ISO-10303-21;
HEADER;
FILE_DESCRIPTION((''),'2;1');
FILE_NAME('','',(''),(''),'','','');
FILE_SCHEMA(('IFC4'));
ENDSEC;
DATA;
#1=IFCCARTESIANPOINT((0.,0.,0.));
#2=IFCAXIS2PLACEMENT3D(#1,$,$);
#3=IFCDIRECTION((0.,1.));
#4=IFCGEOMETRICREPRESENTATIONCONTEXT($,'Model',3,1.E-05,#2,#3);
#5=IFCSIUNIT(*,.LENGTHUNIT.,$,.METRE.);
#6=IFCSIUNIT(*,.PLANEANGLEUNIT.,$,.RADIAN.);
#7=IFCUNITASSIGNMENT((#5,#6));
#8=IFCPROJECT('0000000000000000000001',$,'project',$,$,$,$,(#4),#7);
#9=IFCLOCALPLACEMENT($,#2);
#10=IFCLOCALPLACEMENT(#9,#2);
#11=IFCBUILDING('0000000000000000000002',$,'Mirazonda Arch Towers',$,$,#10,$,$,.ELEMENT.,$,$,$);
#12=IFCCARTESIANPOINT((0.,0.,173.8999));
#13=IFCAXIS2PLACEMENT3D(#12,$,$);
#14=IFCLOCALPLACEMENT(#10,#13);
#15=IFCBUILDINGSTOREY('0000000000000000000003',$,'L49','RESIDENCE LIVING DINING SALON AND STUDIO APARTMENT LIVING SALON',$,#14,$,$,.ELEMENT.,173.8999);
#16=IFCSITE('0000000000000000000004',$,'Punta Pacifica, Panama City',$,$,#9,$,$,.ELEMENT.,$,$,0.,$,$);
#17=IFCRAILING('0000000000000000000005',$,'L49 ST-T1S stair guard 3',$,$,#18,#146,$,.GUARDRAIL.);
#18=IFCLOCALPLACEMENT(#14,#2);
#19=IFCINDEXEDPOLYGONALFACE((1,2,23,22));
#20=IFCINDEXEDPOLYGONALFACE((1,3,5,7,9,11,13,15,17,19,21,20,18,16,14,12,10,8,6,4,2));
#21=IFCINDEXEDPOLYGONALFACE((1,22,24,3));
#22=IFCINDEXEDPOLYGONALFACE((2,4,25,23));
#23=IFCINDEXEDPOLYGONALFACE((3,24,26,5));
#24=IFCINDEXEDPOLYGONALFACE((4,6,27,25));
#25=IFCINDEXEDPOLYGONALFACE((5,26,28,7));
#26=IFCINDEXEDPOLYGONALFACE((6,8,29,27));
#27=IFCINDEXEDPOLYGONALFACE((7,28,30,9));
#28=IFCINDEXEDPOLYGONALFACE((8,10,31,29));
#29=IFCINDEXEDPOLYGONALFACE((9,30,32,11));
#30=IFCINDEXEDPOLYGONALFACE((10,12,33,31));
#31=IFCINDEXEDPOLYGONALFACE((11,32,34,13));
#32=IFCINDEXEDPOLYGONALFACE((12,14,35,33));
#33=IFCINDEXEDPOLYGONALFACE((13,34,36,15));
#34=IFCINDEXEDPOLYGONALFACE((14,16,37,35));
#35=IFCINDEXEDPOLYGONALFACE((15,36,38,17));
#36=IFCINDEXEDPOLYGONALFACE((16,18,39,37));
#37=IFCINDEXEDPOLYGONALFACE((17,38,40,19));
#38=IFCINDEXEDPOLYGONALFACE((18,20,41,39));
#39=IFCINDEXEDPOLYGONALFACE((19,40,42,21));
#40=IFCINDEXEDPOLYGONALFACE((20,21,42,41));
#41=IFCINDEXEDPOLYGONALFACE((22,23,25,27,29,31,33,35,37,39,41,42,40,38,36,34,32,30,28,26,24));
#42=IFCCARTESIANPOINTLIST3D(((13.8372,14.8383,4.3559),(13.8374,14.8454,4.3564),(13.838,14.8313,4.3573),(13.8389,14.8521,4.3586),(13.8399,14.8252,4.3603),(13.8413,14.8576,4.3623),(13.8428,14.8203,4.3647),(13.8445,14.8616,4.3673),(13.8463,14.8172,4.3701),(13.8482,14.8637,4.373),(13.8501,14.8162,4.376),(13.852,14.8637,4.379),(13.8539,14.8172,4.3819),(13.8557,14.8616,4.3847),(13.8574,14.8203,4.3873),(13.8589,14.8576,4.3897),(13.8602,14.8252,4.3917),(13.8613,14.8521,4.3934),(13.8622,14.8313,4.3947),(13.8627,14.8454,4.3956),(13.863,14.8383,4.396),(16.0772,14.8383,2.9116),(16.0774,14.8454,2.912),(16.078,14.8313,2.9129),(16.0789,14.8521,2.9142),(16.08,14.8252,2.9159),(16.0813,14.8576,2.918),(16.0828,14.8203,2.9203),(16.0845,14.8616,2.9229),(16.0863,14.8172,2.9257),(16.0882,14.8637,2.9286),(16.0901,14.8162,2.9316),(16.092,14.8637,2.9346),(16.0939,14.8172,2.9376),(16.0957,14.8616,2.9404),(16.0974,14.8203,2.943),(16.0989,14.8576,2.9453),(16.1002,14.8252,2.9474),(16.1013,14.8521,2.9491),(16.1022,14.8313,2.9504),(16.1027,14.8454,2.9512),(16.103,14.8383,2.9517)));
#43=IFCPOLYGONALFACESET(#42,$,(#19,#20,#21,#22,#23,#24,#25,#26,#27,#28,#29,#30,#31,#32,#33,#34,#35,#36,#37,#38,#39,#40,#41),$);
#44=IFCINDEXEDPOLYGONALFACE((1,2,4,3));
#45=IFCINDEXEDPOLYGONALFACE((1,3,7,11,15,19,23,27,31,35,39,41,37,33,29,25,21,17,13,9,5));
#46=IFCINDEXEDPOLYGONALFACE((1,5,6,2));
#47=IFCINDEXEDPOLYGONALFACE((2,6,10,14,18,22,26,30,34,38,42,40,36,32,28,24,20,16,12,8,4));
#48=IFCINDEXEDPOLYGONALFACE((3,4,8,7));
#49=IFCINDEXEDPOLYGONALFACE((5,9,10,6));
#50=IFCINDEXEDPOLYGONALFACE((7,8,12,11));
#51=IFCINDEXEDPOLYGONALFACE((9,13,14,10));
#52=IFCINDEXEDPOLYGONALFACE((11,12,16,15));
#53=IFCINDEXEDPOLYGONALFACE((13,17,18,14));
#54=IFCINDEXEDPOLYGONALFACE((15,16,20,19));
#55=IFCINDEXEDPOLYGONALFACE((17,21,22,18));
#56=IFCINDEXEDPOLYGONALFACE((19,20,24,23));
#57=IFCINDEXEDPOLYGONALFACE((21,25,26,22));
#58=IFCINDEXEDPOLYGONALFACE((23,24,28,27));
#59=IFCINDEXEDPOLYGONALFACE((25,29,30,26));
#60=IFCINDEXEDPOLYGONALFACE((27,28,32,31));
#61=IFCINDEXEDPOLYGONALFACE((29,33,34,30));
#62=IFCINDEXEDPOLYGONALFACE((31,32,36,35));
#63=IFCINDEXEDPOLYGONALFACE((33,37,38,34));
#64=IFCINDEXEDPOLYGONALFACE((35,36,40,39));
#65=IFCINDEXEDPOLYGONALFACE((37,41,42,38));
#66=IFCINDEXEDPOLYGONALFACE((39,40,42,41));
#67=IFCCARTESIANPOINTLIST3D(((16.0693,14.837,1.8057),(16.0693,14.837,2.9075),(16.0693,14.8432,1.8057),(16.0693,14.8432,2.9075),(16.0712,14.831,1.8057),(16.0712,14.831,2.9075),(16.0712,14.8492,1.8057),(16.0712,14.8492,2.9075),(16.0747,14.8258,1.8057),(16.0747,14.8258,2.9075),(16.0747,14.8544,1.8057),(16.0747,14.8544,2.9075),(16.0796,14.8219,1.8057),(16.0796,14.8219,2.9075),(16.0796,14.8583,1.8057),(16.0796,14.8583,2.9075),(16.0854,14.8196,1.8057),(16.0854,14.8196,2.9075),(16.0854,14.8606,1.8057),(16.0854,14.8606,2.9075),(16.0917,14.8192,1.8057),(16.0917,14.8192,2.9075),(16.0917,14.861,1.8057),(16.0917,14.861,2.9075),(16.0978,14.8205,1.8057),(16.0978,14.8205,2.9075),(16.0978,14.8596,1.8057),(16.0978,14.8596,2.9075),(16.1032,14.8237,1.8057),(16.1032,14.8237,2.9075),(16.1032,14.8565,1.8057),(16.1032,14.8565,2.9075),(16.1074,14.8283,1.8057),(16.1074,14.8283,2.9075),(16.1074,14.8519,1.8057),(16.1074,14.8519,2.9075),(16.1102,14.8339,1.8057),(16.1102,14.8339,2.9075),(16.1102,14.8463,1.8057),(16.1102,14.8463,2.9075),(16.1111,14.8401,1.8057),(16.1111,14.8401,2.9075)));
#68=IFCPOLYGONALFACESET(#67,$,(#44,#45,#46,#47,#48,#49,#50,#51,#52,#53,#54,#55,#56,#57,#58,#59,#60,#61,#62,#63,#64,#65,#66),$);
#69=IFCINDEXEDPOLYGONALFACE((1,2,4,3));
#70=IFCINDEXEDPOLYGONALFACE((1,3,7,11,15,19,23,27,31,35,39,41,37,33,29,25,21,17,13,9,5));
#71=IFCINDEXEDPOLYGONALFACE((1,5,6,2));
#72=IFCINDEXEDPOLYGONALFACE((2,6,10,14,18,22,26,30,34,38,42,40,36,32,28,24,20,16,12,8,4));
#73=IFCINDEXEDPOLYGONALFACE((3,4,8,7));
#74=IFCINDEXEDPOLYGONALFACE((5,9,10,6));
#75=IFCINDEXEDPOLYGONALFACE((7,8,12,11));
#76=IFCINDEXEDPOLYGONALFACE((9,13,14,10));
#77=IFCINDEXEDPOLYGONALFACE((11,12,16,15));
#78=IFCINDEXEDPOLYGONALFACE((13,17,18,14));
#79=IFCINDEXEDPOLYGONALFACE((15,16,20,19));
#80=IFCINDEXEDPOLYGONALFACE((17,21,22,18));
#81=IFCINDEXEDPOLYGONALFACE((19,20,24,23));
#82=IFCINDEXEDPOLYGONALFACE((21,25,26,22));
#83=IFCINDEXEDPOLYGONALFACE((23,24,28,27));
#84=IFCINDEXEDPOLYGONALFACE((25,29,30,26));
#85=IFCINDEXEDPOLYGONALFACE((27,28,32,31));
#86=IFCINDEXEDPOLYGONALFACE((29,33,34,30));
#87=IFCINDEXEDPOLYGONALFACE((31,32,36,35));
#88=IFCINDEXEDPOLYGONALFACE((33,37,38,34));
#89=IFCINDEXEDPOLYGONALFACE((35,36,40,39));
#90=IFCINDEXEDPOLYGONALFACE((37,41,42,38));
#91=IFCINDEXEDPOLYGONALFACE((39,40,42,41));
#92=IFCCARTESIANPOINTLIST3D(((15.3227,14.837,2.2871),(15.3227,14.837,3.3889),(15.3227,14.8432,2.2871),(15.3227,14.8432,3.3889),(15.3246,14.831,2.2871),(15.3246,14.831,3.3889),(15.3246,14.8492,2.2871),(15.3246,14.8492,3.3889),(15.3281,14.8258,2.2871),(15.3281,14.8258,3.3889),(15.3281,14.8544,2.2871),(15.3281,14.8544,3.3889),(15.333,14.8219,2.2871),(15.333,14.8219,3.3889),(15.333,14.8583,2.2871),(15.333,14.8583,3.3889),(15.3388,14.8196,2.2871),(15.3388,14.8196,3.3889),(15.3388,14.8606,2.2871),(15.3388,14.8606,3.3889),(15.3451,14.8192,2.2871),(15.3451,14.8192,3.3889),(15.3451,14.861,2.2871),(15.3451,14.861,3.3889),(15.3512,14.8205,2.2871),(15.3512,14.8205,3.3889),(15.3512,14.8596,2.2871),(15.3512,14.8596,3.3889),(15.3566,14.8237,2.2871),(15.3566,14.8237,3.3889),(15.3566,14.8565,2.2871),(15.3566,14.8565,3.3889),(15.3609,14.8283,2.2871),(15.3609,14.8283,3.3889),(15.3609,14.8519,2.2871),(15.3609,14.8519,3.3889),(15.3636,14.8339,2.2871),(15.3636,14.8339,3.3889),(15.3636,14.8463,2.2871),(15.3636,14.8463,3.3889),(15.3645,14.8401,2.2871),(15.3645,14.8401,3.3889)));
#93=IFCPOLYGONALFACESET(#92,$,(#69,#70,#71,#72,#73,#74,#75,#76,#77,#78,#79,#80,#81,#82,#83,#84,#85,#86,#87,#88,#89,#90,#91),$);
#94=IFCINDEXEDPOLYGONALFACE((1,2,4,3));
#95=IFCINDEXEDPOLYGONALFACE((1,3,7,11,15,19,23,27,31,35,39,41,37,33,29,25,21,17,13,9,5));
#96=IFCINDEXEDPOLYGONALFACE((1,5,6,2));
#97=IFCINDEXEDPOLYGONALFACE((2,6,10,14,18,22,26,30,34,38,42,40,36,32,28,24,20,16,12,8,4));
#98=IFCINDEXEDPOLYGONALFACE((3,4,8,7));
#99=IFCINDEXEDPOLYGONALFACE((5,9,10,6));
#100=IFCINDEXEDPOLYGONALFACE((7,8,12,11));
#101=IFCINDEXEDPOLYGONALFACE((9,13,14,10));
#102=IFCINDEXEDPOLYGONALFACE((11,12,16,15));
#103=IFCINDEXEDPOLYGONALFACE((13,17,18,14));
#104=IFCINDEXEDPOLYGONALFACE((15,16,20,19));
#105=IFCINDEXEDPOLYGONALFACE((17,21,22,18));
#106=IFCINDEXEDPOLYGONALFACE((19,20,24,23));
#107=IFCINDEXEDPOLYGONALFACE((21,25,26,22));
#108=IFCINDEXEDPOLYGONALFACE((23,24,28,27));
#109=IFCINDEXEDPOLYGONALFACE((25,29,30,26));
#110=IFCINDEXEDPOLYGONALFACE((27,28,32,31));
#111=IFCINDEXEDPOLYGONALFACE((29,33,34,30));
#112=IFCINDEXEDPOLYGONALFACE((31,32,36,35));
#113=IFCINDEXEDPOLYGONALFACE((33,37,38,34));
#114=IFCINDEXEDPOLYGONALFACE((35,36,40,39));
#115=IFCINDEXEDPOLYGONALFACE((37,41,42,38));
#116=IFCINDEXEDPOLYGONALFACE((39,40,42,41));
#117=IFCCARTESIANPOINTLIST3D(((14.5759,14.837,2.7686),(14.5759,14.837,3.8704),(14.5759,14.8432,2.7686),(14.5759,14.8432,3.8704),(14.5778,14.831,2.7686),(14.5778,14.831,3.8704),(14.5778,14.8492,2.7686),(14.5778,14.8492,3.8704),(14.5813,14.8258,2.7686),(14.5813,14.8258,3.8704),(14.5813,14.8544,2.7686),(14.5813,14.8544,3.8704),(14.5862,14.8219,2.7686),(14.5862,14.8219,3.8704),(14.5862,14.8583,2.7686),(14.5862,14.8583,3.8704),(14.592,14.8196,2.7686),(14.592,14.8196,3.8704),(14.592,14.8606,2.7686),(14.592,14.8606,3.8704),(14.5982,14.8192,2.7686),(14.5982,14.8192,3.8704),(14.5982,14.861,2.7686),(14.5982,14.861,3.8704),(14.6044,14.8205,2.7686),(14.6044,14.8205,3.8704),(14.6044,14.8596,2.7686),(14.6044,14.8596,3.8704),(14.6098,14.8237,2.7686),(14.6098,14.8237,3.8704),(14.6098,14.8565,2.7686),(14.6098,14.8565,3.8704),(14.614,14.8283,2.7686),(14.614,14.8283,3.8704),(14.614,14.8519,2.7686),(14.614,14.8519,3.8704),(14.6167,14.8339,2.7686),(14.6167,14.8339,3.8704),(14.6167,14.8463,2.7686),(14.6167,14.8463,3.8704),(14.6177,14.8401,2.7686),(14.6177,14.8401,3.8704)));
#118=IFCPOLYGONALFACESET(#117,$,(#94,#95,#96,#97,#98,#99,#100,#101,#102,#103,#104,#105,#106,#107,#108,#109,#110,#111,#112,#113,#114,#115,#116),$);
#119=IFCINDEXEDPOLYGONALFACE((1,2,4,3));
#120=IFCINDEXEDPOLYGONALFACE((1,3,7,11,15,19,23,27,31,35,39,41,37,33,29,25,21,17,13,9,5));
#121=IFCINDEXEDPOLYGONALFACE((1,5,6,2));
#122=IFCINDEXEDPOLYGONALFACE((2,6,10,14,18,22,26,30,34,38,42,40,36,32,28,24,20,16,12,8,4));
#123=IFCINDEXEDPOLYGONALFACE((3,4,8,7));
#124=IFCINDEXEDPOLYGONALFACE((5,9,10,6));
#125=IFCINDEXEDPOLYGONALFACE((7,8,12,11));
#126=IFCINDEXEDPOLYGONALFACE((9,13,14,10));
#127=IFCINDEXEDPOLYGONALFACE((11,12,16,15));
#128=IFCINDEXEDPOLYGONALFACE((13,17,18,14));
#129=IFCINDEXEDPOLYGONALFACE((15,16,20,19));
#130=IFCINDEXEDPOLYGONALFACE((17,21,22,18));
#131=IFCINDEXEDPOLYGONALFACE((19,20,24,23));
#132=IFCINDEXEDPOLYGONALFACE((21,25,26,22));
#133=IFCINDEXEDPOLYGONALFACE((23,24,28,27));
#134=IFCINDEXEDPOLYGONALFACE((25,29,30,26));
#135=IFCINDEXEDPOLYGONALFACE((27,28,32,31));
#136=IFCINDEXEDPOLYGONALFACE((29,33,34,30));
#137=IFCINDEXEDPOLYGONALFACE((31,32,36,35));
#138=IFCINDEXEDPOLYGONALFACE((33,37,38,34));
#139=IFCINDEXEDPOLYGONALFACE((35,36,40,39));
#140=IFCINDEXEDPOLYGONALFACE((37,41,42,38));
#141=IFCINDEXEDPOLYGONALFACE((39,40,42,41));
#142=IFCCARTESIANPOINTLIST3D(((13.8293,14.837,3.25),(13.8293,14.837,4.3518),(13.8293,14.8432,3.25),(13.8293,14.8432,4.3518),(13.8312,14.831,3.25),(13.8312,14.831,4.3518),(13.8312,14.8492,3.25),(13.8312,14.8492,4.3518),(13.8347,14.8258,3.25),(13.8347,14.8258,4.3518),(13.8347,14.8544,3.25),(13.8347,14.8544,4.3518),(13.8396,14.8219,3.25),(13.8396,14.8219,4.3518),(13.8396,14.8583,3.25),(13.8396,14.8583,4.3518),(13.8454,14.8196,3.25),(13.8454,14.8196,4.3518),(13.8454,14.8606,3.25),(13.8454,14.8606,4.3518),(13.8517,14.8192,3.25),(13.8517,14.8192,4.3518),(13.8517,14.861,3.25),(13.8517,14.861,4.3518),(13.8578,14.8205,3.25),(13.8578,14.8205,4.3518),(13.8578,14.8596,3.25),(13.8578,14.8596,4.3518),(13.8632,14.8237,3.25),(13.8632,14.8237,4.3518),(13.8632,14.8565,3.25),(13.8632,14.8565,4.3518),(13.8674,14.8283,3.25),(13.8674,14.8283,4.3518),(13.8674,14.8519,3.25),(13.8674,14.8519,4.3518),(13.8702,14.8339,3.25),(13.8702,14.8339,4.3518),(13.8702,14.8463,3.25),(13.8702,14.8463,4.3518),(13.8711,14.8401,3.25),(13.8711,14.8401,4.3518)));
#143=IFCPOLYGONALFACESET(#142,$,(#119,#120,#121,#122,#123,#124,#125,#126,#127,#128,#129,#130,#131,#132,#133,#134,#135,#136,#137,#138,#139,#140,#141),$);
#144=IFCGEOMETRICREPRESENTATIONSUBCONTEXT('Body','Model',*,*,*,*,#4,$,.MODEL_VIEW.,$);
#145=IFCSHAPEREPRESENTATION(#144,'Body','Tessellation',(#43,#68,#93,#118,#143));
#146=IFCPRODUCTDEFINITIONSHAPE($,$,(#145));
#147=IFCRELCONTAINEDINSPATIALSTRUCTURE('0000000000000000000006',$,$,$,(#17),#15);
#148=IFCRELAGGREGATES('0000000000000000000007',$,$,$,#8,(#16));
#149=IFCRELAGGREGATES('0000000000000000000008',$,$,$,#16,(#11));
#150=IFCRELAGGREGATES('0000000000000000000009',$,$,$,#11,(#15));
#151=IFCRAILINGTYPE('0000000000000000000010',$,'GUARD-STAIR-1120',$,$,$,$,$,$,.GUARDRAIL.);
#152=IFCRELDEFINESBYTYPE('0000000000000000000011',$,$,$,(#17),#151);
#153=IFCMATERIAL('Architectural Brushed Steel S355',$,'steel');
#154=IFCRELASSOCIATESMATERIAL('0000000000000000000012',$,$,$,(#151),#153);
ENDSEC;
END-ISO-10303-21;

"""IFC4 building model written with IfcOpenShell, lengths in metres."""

from ifc_helpers import new_model, si_unit, direction, frame, origin, origin_2d, place, context, subcontext, project, spatial, circle, extrude, material, type_object, element, save


model = new_model("IFC4")

# Units and contexts
model_context = context("Model", 3, precision=1e-05, world=origin(), true_north=direction((0.0, 1.0)))
body_context = subcontext(model_context, "Body", "Model", "MODEL_VIEW")
ifc_project = project(units=[si_unit("LENGTHUNIT", "METRE"), si_unit("PLANEANGLEUNIT", "RADIAN")], contexts=[model_context])

# Site, building, storey
site_placement = place(None, origin())
site = spatial("IfcSite", under=ifc_project, at=site_placement, Name="Punta Pacifica, Panama City", CompositionType="ELEMENT", RefElevation=0.0)
building_placement = place(site_placement, origin())
building = spatial("IfcBuilding", under=site, at=building_placement, Name="Mirazonda Arch Towers", CompositionType="ELEMENT")
storey_placement = place(building_placement, frame((0.0, 0.0, 173.8999)))
storey = spatial("IfcBuildingStorey", under=building, at=storey_placement, Name="L49", Description="RESIDENCE LIVING DINING SALON AND STUDIO APARTMENT LIVING SALON", CompositionType="ELEMENT", Elevation=173.8999)

# Shared definitions
ifc_material_1 = material(Name="Architectural Brushed Steel S355", Category="steel")

# Railing
railing_type_1 = type_object("IfcRailingType", Name="GUARD-STAIR-1120", PredefinedType="GUARDRAIL", material=ifc_material_1)
railing_1_placement = place(storey_placement, frame((16.0901, 14.8401, 1.8057)))
element("IfcRailing", 1, at=railing_1_placement, inside=storey, type_object=railing_type_1, Name="L49 ST-T1S stair guard 3", PredefinedType="GUARDRAIL", context=body_context, shape_type="SweptSolid", body=[
    extrude(circle(Radius=0.0239, at=origin_2d()), frame((0.0, 0.0, 1.126), z_axis=(-0.840437, 0.0, 0.54191), x_axis=(0.0, -1.0, 0.0)), (0.0, 0.0, 1.0), 2.6653),
    extrude(circle(Radius=0.021, at=origin_2d()), origin(), (0.0, 0.0, 1.0), 1.1018),
    extrude(circle(Radius=0.021, at=origin_2d()), frame((-0.7466, 0.0, 0.4814)), (0.0, 0.0, 1.0), 1.1018),
    extrude(circle(Radius=0.021, at=origin_2d()), frame((-1.4934, 0.0, 0.9629)), (0.0, 0.0, 1.0), 1.1018),
    extrude(circle(Radius=0.021, at=origin_2d()), frame((-2.24, 0.0, 1.4443)), (0.0, 0.0, 1.0), 1.1018),
])

save(model, "model.ifc")
